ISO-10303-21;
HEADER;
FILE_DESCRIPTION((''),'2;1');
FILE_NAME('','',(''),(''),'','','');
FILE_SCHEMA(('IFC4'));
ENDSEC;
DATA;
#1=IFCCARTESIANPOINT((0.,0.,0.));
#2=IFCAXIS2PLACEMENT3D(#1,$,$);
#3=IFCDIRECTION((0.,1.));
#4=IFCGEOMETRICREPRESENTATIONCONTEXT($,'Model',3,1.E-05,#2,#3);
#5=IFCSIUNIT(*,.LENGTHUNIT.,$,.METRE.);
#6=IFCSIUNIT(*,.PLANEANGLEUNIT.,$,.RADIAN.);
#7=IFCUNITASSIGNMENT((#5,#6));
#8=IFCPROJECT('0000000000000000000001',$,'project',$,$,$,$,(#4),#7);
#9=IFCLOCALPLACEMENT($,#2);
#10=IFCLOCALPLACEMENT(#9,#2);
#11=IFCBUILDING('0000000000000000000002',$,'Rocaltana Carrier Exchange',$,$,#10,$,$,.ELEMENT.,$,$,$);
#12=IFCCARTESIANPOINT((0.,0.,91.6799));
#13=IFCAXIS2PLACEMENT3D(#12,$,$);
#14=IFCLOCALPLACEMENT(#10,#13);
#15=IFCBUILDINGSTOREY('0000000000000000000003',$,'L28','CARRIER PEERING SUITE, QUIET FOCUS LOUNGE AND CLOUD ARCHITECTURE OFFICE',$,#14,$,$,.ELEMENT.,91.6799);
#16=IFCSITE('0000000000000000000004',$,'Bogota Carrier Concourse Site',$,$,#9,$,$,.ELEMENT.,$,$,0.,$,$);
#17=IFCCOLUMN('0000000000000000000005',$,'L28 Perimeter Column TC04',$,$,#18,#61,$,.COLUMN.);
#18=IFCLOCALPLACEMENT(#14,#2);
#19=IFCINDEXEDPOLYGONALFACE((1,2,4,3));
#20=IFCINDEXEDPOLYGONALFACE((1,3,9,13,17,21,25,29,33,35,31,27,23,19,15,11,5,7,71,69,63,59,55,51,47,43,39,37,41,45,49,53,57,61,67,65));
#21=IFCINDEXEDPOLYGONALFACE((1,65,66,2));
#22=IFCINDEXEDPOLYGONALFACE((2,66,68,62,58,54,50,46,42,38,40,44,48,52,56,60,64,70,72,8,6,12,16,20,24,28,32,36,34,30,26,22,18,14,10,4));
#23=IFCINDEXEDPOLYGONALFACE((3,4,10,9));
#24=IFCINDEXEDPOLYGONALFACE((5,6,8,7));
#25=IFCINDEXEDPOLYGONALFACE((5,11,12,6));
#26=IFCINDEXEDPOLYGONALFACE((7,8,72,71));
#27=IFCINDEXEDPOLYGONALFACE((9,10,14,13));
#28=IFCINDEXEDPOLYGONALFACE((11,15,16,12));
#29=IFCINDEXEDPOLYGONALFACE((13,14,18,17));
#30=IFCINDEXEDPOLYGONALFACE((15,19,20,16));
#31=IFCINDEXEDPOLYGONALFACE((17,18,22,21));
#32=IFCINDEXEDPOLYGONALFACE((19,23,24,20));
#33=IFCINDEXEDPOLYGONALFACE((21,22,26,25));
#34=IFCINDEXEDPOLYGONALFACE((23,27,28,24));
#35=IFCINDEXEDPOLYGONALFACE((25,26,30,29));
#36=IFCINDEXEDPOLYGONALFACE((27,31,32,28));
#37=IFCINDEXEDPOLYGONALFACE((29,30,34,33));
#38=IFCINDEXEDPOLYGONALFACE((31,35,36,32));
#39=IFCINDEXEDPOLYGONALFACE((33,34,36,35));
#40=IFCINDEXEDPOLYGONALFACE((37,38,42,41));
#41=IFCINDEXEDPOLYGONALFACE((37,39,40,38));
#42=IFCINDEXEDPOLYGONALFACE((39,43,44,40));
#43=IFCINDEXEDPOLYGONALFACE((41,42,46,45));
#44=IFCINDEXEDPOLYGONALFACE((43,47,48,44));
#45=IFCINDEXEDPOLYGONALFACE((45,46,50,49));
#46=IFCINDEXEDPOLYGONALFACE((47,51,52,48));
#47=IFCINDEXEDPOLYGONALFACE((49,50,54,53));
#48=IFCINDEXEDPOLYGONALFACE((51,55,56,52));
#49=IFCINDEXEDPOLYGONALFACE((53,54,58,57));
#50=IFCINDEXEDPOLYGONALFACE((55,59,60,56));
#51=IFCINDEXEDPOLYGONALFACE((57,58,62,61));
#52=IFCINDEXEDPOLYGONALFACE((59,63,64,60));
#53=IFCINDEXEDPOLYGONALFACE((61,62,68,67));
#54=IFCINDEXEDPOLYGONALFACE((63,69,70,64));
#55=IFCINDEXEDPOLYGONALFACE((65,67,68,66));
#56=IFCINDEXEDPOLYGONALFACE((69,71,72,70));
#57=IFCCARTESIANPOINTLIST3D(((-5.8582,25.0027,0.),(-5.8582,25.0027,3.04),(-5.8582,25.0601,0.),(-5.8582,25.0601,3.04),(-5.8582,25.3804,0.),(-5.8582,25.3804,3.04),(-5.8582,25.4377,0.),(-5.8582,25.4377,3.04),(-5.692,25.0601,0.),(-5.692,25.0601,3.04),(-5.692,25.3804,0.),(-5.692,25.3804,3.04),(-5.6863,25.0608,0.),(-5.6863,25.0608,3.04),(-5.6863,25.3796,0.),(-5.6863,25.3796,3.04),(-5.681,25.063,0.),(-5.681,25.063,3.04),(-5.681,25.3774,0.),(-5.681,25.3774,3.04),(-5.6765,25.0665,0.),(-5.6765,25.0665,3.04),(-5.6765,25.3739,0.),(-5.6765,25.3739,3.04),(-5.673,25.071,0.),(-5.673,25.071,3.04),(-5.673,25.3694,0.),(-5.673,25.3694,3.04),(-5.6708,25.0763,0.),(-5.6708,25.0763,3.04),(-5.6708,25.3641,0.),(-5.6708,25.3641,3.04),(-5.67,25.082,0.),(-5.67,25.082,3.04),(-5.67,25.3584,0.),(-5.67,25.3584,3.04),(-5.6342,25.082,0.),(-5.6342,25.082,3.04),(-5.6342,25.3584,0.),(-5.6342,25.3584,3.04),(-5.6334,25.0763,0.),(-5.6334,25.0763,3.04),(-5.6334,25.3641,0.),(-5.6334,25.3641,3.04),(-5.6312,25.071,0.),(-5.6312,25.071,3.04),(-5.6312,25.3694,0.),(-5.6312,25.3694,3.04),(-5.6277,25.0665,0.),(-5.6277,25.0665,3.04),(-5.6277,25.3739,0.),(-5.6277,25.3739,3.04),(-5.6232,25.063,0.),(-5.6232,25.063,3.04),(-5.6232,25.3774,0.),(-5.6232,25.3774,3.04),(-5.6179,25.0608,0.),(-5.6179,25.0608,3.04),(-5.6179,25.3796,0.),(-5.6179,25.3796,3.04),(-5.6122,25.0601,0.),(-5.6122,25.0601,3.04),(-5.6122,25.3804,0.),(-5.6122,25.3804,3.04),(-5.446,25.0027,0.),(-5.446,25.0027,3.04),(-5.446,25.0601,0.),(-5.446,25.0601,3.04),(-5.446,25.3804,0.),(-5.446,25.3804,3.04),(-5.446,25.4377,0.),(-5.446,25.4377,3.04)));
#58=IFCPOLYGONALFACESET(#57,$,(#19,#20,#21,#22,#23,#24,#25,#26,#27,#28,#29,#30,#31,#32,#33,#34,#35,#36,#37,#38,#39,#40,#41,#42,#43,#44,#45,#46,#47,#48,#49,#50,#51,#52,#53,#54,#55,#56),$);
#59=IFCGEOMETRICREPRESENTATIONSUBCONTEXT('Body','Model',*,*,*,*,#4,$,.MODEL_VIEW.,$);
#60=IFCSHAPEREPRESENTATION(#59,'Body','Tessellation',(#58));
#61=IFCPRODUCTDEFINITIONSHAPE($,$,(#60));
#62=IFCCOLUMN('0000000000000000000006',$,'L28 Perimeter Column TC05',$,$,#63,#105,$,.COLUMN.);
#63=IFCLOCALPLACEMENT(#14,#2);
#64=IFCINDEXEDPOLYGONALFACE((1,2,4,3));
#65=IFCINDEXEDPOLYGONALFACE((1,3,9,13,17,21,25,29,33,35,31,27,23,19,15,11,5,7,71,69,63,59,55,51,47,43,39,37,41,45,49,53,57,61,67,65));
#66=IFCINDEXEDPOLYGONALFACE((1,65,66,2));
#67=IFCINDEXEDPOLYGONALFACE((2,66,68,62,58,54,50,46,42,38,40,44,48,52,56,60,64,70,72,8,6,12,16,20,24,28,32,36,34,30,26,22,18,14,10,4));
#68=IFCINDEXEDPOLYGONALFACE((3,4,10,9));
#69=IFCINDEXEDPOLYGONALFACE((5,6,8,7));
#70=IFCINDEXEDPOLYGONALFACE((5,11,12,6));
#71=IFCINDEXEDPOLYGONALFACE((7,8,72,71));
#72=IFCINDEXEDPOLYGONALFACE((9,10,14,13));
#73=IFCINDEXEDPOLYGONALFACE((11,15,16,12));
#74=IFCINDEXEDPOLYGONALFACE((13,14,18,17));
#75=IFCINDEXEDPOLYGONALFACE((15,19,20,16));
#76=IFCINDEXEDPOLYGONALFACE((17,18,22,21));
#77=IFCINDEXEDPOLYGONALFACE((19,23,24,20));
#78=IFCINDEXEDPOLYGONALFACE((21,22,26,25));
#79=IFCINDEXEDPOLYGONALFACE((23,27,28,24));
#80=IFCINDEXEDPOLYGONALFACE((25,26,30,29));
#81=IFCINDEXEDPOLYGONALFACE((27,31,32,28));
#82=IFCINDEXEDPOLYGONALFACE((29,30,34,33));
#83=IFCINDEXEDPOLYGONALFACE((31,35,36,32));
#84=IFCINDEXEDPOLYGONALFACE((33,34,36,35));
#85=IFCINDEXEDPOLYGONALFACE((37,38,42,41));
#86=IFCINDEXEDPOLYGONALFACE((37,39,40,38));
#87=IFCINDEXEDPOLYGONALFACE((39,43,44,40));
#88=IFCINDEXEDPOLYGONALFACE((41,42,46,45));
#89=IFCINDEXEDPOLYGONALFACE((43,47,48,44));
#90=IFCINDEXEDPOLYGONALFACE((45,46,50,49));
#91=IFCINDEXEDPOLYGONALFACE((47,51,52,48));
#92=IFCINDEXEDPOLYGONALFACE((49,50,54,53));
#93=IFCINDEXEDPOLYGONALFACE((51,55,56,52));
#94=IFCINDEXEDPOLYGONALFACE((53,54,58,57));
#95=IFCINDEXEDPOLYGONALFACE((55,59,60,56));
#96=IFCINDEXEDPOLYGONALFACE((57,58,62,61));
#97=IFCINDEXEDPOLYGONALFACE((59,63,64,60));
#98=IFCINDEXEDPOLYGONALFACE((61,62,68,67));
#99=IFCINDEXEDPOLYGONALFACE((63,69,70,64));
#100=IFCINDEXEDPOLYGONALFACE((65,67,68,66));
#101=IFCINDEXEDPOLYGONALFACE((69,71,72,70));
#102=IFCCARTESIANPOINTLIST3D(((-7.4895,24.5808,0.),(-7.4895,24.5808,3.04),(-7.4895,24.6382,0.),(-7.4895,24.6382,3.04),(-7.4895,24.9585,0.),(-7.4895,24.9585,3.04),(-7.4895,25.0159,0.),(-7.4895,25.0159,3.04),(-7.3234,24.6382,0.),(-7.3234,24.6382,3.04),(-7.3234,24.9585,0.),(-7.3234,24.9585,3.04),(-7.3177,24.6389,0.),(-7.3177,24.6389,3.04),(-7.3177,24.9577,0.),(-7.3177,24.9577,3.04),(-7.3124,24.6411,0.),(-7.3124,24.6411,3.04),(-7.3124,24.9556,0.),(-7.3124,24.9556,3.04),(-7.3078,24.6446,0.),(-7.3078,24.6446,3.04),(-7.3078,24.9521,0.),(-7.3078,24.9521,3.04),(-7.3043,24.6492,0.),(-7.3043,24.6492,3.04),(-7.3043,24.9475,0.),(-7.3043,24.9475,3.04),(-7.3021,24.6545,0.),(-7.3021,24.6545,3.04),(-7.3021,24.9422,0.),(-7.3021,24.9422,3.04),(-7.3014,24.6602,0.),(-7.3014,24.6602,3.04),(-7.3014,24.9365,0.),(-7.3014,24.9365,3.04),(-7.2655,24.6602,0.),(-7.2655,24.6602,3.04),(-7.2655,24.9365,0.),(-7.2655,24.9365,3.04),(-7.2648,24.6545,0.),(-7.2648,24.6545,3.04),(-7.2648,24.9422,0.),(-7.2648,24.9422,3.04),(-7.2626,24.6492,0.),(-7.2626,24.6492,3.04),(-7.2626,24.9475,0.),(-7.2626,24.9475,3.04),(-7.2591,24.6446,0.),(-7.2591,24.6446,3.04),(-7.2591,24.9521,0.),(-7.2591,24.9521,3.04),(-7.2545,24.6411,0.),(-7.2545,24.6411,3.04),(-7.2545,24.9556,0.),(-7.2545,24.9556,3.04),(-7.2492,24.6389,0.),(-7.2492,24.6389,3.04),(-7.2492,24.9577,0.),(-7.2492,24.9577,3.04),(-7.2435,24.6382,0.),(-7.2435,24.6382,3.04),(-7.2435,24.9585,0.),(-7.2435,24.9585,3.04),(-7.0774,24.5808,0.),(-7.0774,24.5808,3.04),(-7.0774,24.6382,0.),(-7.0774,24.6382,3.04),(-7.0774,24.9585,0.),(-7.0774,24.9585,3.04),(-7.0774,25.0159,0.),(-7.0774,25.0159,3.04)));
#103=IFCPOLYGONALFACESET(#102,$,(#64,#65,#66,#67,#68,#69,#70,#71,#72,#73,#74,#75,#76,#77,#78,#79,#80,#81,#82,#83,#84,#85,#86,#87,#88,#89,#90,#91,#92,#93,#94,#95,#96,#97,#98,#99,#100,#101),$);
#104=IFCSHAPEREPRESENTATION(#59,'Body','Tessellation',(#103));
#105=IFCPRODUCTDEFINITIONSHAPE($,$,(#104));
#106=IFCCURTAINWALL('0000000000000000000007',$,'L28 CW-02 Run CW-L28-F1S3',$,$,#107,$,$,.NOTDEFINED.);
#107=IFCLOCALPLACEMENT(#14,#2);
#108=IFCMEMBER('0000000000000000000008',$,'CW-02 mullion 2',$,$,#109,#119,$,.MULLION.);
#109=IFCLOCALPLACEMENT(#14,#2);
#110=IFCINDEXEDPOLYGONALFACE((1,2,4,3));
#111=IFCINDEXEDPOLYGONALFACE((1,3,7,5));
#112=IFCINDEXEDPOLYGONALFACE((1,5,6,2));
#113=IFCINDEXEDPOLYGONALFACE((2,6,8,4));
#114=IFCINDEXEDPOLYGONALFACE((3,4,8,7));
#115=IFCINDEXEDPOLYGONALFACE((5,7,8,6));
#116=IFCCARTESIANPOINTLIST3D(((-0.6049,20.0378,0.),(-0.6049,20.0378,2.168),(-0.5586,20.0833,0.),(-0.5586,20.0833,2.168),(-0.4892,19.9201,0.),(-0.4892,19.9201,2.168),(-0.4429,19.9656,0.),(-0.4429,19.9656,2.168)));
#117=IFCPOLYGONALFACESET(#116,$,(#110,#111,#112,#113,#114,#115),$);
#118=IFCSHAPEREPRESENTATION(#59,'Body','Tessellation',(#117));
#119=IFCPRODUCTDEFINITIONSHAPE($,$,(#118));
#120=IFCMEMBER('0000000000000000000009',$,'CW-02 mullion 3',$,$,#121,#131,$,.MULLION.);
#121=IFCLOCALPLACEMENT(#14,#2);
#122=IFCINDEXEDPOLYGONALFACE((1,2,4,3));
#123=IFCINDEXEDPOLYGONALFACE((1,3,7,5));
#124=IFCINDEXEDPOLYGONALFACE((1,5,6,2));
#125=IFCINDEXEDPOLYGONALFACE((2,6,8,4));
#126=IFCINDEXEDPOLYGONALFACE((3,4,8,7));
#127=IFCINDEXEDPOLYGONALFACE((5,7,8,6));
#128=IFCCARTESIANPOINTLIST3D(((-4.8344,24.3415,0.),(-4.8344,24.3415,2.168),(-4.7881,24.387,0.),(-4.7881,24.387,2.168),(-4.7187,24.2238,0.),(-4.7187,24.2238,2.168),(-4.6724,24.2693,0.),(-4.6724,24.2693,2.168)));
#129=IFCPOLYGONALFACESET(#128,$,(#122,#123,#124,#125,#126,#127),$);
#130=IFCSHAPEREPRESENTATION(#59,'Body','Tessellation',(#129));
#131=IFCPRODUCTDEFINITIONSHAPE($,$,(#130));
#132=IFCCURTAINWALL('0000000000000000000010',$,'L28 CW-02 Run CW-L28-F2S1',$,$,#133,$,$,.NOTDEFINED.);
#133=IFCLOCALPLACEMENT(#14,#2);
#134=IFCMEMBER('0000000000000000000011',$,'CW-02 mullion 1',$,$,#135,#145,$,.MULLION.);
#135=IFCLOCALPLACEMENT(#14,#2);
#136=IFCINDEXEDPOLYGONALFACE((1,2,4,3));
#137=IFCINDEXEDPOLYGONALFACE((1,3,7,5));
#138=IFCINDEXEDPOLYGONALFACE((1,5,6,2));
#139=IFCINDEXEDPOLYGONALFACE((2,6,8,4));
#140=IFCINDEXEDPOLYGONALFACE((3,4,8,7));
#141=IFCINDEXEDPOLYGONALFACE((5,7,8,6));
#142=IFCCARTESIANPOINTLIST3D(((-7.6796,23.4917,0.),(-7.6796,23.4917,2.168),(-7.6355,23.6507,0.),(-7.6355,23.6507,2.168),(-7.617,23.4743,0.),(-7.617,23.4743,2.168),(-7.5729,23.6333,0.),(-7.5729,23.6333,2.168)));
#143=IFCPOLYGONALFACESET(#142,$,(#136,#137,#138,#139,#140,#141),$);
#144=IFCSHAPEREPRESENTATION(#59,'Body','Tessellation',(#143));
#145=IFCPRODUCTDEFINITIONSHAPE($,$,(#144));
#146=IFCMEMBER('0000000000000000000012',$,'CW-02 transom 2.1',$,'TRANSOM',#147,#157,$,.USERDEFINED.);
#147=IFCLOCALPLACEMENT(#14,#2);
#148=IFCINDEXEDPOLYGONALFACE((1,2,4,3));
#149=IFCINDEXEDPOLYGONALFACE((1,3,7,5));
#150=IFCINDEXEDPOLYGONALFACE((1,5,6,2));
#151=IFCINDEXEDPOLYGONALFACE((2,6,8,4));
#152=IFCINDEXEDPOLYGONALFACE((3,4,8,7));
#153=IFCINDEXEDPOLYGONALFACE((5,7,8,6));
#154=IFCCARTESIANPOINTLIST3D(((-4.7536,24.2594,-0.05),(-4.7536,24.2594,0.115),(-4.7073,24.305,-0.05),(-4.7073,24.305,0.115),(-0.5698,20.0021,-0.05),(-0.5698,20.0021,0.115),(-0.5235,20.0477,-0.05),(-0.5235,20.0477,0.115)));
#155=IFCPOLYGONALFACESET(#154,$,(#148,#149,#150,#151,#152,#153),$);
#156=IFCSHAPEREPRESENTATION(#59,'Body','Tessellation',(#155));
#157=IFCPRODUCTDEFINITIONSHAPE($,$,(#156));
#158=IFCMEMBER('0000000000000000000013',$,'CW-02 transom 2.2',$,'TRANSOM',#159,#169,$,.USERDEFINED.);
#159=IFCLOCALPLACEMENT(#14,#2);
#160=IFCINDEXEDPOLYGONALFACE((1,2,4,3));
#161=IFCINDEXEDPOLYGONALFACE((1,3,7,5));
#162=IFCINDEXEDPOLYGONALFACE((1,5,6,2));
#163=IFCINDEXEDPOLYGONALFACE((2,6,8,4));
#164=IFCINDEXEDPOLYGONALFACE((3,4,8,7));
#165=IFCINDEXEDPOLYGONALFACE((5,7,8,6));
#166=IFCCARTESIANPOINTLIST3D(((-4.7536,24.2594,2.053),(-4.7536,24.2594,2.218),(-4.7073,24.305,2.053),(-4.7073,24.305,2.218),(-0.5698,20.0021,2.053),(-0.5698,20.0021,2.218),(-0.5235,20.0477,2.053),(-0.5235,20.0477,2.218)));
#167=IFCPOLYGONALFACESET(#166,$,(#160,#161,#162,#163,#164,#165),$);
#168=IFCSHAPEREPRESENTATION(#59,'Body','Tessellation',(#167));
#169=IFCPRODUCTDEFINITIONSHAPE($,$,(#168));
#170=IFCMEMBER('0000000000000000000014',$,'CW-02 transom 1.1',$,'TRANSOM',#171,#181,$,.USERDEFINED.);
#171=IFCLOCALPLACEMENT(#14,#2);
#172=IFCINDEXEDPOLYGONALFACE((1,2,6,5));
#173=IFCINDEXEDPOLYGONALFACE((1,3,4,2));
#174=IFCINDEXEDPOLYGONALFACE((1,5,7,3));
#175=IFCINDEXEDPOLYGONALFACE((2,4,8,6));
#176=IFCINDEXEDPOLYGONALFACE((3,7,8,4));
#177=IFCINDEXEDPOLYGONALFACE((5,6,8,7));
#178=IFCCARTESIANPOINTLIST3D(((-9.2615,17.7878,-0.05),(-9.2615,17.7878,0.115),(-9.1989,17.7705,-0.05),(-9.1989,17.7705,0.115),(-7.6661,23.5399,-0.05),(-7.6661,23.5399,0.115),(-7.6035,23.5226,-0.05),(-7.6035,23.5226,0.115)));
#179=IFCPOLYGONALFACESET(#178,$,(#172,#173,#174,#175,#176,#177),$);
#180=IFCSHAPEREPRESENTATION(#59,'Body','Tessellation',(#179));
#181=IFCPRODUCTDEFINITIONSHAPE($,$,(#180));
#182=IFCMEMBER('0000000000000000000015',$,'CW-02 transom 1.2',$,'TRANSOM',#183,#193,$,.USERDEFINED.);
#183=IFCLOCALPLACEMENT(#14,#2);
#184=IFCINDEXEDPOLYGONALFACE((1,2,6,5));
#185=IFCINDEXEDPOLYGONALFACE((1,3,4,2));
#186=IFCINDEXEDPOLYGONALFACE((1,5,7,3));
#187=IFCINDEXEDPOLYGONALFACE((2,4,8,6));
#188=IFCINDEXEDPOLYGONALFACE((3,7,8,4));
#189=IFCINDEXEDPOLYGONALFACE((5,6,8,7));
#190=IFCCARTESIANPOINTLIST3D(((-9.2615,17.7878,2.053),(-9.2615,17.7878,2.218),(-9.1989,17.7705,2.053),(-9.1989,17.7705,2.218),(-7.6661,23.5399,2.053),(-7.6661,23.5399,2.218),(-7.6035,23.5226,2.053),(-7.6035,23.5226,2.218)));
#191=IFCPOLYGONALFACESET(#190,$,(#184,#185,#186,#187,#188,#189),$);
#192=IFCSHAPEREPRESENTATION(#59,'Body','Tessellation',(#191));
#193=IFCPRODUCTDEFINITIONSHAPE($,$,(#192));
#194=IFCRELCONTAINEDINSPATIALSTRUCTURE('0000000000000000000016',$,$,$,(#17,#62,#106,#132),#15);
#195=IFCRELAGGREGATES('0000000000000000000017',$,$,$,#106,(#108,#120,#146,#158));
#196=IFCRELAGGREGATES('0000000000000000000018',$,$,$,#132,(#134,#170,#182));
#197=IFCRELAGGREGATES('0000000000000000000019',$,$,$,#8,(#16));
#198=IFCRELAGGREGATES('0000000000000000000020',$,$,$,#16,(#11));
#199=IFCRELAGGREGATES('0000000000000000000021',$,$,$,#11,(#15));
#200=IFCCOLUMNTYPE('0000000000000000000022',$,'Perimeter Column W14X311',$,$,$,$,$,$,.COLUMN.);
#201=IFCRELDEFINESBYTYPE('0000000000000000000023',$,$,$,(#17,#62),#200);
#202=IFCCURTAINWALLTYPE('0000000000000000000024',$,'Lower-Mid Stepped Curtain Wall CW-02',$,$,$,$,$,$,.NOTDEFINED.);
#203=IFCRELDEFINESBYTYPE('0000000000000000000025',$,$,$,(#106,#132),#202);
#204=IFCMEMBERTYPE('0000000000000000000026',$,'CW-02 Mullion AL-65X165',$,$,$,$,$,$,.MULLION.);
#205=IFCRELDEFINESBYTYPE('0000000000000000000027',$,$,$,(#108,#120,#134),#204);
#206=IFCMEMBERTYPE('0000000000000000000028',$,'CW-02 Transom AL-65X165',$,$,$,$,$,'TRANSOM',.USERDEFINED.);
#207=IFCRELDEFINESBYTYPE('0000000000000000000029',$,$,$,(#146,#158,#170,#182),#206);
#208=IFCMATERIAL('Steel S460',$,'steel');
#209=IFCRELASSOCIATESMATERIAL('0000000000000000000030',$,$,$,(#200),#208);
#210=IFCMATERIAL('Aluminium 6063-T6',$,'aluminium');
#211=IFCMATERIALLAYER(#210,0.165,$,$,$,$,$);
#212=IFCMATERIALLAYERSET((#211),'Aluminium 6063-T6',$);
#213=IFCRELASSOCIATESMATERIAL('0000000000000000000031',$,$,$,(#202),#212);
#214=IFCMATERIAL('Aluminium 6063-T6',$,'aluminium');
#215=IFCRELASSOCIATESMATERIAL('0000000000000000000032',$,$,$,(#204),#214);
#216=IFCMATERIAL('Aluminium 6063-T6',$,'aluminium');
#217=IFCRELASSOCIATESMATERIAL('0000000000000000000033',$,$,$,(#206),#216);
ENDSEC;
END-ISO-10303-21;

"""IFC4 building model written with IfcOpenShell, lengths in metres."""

from ifc_helpers import new_model, si_unit, direction, frame, origin, origin_2d, place, context, subcontext, project, spatial, rectangle, i_section, extrude, material, layer, layer_set, material_profile, profile_set, type_object, element, aggregate, save


model = new_model("IFC4")

# Units and contexts
model_context = context("Model", 3, precision=1e-05, world=origin(), true_north=direction((0.0, 1.0)))
body_context = subcontext(model_context, "Body", "Model", "MODEL_VIEW")
ifc_project = project(units=[si_unit("LENGTHUNIT", "METRE"), si_unit("PLANEANGLEUNIT", "RADIAN")], contexts=[model_context])

# Site, building, storey
site_placement = place(None, origin())
site = spatial("IfcSite", under=ifc_project, at=site_placement, Name="Bogota Carrier Concourse Site", CompositionType="ELEMENT", RefElevation=0.0)
building_placement = place(site_placement, origin())
building = spatial("IfcBuilding", under=site, at=building_placement, Name="Rocaltana Carrier Exchange", CompositionType="ELEMENT")
storey_placement = place(building_placement, frame((0.0, 0.0, 91.6799)))
storey = spatial("IfcBuildingStorey", under=building, at=storey_placement, Name="L28", Description="CARRIER PEERING SUITE, QUIET FOCUS LOUNGE AND CLOUD ARCHITECTURE OFFICE", CompositionType="ELEMENT", Elevation=91.6799)

# Columns
ifc_material_1 = material(Name="Steel S460", Category="steel")
ifc_material_profile_1 = material_profile(ifc_material_1, i_section(OverallWidth=0.4121, OverallDepth=0.4351, WebThickness=0.0359, FlangeThickness=0.0574, FilletRadius=0.022, at=origin_2d()), Name="W14X311")
ifc_profile_set_1 = profile_set([ifc_material_profile_1], Name="Steel S460")
column_type = type_object("IfcColumnType", Name="Perimeter Column W14X311", PredefinedType="COLUMN", material=ifc_profile_set_1)
for number, where, z_axis, x_axis, name in (
    (1, (-5.6521, 25.2202, 0.0), (0.0, 0.0, 1.0), (1.0, 0.0, 0.0), "L28 Perimeter Column TC04"),
    (2, (-7.2834, 24.7983, 0.0), (0.0, 0.0, 1.0), (1.0, 0.0, 0.0), "L28 Perimeter Column TC05"),
):
    element("IfcColumn", number, at=place(storey_placement, frame(where, z_axis=z_axis, x_axis=x_axis)), inside=storey, type_object=column_type, Name=name, PredefinedType="COLUMN", context=body_context, shape_type="SweptSolid", body=[
        extrude(i_section(OverallWidth=0.4121, OverallDepth=0.4351, WebThickness=0.0359, FlangeThickness=0.0574, FilletRadius=0.022, at=origin_2d()), origin(), (0.0, 0.0, 1.0), 3.04),
    ])

# Curtain wall, members
ifc_material_2 = material(Name="Aluminium 6063-T6", Category="aluminium")
ifc_layer_1 = layer(ifc_material_2, 0.165)
ifc_layer_set_1 = layer_set([ifc_layer_1], Name="Aluminium 6063-T6")
curtain_wall_type = type_object("IfcCurtainWallType", Name="Lower-Mid Stepped Curtain Wall CW-02", PredefinedType="NOTDEFINED", material=ifc_layer_set_1)
curtain_wall_1_placement = place(storey_placement, origin())
curtain_wall_1 = element("IfcCurtainWall", 3, at=curtain_wall_1_placement, inside=storey, type_object=curtain_wall_type, Name="L28 CW-02 Run CW-L28-F1S3", PredefinedType="NOTDEFINED")
ifc_material_3 = material(Name="Aluminium 6063-T6", Category="aluminium")
ifc_material_profile_2 = material_profile(ifc_material_3, rectangle(XDim=0.0649, YDim=0.165, at=origin_2d()), Name="AL-65X165")
ifc_profile_set_2 = profile_set([ifc_material_profile_2], Name="Aluminium 6063-T6")
member_type_1 = type_object("IfcMemberType", Name="CW-02 Mullion AL-65X165", PredefinedType="MULLION", material=ifc_profile_set_2)
member_1_placement = place(storey_placement, frame((-0.5239, 20.0017, 0.0), z_axis=(0.0, 0.0, 1.0), x_axis=(-0.713245, -0.700915, 0.0)))
member_1 = element("IfcMember", 4, at=member_1_placement, type_object=member_type_1, Name="CW-02 mullion 2", PredefinedType="MULLION", context=body_context, shape_type="SweptSolid", body=[
    extrude(rectangle(XDim=0.0649, YDim=0.165, at=origin_2d()), origin(), (0.0, 0.0, 1.0), 2.168),
])
member_2_placement = place(storey_placement, frame((-4.7534, 24.3054, 0.0), z_axis=(0.0, 0.0, 1.0), x_axis=(-0.713245, -0.700915, 0.0)))
member_2 = element("IfcMember", 5, at=member_2_placement, type_object=member_type_1, Name="CW-02 mullion 3", PredefinedType="MULLION", context=body_context, shape_type="SweptSolid", body=[
    extrude(rectangle(XDim=0.0649, YDim=0.165, at=origin_2d()), origin(), (0.0, 0.0, 1.0), 2.168),
])

# Curtain wall, member
curtain_wall_2_placement = place(storey_placement, origin())
curtain_wall_2 = element("IfcCurtainWall", 6, at=curtain_wall_2_placement, inside=storey, type_object=curtain_wall_type, Name="L28 CW-02 Run CW-L28-F2S1", PredefinedType="NOTDEFINED")
member_3_placement = place(storey_placement, frame((-7.6262, 23.5625, 0.0), z_axis=(0.0, 0.0, 1.0), x_axis=(0.963628, -0.267246, 0.0)))
member_3 = element("IfcMember", 7, at=member_3_placement, type_object=member_type_1, Name="CW-02 mullion 1", PredefinedType="MULLION", context=body_context, shape_type="SweptSolid", body=[
    extrude(rectangle(XDim=0.0649, YDim=0.165, at=origin_2d()), origin(), (0.0, 0.0, 1.0), 2.168),
])

# Members
ifc_material_4 = material(Name="Aluminium 6063-T6", Category="aluminium")
ifc_material_profile_3 = material_profile(ifc_material_4, rectangle(XDim=0.0649, YDim=0.165, at=origin_2d()), Name="AL-65X165")
ifc_profile_set_3 = profile_set([ifc_material_profile_3], Name="Aluminium 6063-T6")
member_type_2 = type_object("IfcMemberType", Name="CW-02 Transom AL-65X165", ElementType="TRANSOM", PredefinedType="USERDEFINED", material=ifc_profile_set_3)
member_4_placement = place(storey_placement, frame((-0.5466, 20.0249, 0.0325), z_axis=(-0.700924, 0.713236, 0.0), x_axis=(-0.713236, -0.700924, 0.0)))
member_4 = element("IfcMember", 8, at=member_4_placement, type_object=member_type_2, Name="CW-02 transom 2.1", ObjectType="TRANSOM", PredefinedType="USERDEFINED", context=body_context, shape_type="SweptSolid", body=[
    extrude(rectangle(XDim=0.0649, YDim=0.165, at=origin_2d()), origin(), (0.0, 0.0, 1.0), 5.969),
])
member_5_placement = place(storey_placement, frame((-0.5466, 20.0249, 2.1355), z_axis=(-0.700924, 0.713236, 0.0), x_axis=(-0.713236, -0.700924, 0.0)))
member_5 = element("IfcMember", 9, at=member_5_placement, type_object=member_type_2, Name="CW-02 transom 2.2", ObjectType="TRANSOM", PredefinedType="USERDEFINED", context=body_context, shape_type="SweptSolid", body=[
    extrude(rectangle(XDim=0.0649, YDim=0.165, at=origin_2d()), origin(), (0.0, 0.0, 1.0), 5.969),
])
member_6_placement = place(storey_placement, frame((-7.6348, 23.5312, 0.0325), z_axis=(-0.267275, -0.96362, 0.0), x_axis=(0.96362, -0.267275, 0.0)))
member_6 = element("IfcMember", 10, at=member_6_placement, type_object=member_type_2, Name="CW-02 transom 1.1", ObjectType="TRANSOM", PredefinedType="USERDEFINED", context=body_context, shape_type="SweptSolid", body=[
    extrude(rectangle(XDim=0.0649, YDim=0.165, at=origin_2d()), origin(), (0.0, 0.0, 1.0), 5.9692),
])
member_7_placement = place(storey_placement, frame((-7.6348, 23.5312, 2.1355), z_axis=(-0.267275, -0.96362, 0.0), x_axis=(0.96362, -0.267275, 0.0)))
member_7 = element("IfcMember", 11, at=member_7_placement, type_object=member_type_2, Name="CW-02 transom 1.2", ObjectType="TRANSOM", PredefinedType="USERDEFINED", context=body_context, shape_type="SweptSolid", body=[
    extrude(rectangle(XDim=0.0649, YDim=0.165, at=origin_2d()), origin(), (0.0, 0.0, 1.0), 5.9692),
])

aggregate(curtain_wall_1, [member_1, member_2, member_4, member_5])
aggregate(curtain_wall_2, [member_3, member_6, member_7])

save(model, "model.ifc")
